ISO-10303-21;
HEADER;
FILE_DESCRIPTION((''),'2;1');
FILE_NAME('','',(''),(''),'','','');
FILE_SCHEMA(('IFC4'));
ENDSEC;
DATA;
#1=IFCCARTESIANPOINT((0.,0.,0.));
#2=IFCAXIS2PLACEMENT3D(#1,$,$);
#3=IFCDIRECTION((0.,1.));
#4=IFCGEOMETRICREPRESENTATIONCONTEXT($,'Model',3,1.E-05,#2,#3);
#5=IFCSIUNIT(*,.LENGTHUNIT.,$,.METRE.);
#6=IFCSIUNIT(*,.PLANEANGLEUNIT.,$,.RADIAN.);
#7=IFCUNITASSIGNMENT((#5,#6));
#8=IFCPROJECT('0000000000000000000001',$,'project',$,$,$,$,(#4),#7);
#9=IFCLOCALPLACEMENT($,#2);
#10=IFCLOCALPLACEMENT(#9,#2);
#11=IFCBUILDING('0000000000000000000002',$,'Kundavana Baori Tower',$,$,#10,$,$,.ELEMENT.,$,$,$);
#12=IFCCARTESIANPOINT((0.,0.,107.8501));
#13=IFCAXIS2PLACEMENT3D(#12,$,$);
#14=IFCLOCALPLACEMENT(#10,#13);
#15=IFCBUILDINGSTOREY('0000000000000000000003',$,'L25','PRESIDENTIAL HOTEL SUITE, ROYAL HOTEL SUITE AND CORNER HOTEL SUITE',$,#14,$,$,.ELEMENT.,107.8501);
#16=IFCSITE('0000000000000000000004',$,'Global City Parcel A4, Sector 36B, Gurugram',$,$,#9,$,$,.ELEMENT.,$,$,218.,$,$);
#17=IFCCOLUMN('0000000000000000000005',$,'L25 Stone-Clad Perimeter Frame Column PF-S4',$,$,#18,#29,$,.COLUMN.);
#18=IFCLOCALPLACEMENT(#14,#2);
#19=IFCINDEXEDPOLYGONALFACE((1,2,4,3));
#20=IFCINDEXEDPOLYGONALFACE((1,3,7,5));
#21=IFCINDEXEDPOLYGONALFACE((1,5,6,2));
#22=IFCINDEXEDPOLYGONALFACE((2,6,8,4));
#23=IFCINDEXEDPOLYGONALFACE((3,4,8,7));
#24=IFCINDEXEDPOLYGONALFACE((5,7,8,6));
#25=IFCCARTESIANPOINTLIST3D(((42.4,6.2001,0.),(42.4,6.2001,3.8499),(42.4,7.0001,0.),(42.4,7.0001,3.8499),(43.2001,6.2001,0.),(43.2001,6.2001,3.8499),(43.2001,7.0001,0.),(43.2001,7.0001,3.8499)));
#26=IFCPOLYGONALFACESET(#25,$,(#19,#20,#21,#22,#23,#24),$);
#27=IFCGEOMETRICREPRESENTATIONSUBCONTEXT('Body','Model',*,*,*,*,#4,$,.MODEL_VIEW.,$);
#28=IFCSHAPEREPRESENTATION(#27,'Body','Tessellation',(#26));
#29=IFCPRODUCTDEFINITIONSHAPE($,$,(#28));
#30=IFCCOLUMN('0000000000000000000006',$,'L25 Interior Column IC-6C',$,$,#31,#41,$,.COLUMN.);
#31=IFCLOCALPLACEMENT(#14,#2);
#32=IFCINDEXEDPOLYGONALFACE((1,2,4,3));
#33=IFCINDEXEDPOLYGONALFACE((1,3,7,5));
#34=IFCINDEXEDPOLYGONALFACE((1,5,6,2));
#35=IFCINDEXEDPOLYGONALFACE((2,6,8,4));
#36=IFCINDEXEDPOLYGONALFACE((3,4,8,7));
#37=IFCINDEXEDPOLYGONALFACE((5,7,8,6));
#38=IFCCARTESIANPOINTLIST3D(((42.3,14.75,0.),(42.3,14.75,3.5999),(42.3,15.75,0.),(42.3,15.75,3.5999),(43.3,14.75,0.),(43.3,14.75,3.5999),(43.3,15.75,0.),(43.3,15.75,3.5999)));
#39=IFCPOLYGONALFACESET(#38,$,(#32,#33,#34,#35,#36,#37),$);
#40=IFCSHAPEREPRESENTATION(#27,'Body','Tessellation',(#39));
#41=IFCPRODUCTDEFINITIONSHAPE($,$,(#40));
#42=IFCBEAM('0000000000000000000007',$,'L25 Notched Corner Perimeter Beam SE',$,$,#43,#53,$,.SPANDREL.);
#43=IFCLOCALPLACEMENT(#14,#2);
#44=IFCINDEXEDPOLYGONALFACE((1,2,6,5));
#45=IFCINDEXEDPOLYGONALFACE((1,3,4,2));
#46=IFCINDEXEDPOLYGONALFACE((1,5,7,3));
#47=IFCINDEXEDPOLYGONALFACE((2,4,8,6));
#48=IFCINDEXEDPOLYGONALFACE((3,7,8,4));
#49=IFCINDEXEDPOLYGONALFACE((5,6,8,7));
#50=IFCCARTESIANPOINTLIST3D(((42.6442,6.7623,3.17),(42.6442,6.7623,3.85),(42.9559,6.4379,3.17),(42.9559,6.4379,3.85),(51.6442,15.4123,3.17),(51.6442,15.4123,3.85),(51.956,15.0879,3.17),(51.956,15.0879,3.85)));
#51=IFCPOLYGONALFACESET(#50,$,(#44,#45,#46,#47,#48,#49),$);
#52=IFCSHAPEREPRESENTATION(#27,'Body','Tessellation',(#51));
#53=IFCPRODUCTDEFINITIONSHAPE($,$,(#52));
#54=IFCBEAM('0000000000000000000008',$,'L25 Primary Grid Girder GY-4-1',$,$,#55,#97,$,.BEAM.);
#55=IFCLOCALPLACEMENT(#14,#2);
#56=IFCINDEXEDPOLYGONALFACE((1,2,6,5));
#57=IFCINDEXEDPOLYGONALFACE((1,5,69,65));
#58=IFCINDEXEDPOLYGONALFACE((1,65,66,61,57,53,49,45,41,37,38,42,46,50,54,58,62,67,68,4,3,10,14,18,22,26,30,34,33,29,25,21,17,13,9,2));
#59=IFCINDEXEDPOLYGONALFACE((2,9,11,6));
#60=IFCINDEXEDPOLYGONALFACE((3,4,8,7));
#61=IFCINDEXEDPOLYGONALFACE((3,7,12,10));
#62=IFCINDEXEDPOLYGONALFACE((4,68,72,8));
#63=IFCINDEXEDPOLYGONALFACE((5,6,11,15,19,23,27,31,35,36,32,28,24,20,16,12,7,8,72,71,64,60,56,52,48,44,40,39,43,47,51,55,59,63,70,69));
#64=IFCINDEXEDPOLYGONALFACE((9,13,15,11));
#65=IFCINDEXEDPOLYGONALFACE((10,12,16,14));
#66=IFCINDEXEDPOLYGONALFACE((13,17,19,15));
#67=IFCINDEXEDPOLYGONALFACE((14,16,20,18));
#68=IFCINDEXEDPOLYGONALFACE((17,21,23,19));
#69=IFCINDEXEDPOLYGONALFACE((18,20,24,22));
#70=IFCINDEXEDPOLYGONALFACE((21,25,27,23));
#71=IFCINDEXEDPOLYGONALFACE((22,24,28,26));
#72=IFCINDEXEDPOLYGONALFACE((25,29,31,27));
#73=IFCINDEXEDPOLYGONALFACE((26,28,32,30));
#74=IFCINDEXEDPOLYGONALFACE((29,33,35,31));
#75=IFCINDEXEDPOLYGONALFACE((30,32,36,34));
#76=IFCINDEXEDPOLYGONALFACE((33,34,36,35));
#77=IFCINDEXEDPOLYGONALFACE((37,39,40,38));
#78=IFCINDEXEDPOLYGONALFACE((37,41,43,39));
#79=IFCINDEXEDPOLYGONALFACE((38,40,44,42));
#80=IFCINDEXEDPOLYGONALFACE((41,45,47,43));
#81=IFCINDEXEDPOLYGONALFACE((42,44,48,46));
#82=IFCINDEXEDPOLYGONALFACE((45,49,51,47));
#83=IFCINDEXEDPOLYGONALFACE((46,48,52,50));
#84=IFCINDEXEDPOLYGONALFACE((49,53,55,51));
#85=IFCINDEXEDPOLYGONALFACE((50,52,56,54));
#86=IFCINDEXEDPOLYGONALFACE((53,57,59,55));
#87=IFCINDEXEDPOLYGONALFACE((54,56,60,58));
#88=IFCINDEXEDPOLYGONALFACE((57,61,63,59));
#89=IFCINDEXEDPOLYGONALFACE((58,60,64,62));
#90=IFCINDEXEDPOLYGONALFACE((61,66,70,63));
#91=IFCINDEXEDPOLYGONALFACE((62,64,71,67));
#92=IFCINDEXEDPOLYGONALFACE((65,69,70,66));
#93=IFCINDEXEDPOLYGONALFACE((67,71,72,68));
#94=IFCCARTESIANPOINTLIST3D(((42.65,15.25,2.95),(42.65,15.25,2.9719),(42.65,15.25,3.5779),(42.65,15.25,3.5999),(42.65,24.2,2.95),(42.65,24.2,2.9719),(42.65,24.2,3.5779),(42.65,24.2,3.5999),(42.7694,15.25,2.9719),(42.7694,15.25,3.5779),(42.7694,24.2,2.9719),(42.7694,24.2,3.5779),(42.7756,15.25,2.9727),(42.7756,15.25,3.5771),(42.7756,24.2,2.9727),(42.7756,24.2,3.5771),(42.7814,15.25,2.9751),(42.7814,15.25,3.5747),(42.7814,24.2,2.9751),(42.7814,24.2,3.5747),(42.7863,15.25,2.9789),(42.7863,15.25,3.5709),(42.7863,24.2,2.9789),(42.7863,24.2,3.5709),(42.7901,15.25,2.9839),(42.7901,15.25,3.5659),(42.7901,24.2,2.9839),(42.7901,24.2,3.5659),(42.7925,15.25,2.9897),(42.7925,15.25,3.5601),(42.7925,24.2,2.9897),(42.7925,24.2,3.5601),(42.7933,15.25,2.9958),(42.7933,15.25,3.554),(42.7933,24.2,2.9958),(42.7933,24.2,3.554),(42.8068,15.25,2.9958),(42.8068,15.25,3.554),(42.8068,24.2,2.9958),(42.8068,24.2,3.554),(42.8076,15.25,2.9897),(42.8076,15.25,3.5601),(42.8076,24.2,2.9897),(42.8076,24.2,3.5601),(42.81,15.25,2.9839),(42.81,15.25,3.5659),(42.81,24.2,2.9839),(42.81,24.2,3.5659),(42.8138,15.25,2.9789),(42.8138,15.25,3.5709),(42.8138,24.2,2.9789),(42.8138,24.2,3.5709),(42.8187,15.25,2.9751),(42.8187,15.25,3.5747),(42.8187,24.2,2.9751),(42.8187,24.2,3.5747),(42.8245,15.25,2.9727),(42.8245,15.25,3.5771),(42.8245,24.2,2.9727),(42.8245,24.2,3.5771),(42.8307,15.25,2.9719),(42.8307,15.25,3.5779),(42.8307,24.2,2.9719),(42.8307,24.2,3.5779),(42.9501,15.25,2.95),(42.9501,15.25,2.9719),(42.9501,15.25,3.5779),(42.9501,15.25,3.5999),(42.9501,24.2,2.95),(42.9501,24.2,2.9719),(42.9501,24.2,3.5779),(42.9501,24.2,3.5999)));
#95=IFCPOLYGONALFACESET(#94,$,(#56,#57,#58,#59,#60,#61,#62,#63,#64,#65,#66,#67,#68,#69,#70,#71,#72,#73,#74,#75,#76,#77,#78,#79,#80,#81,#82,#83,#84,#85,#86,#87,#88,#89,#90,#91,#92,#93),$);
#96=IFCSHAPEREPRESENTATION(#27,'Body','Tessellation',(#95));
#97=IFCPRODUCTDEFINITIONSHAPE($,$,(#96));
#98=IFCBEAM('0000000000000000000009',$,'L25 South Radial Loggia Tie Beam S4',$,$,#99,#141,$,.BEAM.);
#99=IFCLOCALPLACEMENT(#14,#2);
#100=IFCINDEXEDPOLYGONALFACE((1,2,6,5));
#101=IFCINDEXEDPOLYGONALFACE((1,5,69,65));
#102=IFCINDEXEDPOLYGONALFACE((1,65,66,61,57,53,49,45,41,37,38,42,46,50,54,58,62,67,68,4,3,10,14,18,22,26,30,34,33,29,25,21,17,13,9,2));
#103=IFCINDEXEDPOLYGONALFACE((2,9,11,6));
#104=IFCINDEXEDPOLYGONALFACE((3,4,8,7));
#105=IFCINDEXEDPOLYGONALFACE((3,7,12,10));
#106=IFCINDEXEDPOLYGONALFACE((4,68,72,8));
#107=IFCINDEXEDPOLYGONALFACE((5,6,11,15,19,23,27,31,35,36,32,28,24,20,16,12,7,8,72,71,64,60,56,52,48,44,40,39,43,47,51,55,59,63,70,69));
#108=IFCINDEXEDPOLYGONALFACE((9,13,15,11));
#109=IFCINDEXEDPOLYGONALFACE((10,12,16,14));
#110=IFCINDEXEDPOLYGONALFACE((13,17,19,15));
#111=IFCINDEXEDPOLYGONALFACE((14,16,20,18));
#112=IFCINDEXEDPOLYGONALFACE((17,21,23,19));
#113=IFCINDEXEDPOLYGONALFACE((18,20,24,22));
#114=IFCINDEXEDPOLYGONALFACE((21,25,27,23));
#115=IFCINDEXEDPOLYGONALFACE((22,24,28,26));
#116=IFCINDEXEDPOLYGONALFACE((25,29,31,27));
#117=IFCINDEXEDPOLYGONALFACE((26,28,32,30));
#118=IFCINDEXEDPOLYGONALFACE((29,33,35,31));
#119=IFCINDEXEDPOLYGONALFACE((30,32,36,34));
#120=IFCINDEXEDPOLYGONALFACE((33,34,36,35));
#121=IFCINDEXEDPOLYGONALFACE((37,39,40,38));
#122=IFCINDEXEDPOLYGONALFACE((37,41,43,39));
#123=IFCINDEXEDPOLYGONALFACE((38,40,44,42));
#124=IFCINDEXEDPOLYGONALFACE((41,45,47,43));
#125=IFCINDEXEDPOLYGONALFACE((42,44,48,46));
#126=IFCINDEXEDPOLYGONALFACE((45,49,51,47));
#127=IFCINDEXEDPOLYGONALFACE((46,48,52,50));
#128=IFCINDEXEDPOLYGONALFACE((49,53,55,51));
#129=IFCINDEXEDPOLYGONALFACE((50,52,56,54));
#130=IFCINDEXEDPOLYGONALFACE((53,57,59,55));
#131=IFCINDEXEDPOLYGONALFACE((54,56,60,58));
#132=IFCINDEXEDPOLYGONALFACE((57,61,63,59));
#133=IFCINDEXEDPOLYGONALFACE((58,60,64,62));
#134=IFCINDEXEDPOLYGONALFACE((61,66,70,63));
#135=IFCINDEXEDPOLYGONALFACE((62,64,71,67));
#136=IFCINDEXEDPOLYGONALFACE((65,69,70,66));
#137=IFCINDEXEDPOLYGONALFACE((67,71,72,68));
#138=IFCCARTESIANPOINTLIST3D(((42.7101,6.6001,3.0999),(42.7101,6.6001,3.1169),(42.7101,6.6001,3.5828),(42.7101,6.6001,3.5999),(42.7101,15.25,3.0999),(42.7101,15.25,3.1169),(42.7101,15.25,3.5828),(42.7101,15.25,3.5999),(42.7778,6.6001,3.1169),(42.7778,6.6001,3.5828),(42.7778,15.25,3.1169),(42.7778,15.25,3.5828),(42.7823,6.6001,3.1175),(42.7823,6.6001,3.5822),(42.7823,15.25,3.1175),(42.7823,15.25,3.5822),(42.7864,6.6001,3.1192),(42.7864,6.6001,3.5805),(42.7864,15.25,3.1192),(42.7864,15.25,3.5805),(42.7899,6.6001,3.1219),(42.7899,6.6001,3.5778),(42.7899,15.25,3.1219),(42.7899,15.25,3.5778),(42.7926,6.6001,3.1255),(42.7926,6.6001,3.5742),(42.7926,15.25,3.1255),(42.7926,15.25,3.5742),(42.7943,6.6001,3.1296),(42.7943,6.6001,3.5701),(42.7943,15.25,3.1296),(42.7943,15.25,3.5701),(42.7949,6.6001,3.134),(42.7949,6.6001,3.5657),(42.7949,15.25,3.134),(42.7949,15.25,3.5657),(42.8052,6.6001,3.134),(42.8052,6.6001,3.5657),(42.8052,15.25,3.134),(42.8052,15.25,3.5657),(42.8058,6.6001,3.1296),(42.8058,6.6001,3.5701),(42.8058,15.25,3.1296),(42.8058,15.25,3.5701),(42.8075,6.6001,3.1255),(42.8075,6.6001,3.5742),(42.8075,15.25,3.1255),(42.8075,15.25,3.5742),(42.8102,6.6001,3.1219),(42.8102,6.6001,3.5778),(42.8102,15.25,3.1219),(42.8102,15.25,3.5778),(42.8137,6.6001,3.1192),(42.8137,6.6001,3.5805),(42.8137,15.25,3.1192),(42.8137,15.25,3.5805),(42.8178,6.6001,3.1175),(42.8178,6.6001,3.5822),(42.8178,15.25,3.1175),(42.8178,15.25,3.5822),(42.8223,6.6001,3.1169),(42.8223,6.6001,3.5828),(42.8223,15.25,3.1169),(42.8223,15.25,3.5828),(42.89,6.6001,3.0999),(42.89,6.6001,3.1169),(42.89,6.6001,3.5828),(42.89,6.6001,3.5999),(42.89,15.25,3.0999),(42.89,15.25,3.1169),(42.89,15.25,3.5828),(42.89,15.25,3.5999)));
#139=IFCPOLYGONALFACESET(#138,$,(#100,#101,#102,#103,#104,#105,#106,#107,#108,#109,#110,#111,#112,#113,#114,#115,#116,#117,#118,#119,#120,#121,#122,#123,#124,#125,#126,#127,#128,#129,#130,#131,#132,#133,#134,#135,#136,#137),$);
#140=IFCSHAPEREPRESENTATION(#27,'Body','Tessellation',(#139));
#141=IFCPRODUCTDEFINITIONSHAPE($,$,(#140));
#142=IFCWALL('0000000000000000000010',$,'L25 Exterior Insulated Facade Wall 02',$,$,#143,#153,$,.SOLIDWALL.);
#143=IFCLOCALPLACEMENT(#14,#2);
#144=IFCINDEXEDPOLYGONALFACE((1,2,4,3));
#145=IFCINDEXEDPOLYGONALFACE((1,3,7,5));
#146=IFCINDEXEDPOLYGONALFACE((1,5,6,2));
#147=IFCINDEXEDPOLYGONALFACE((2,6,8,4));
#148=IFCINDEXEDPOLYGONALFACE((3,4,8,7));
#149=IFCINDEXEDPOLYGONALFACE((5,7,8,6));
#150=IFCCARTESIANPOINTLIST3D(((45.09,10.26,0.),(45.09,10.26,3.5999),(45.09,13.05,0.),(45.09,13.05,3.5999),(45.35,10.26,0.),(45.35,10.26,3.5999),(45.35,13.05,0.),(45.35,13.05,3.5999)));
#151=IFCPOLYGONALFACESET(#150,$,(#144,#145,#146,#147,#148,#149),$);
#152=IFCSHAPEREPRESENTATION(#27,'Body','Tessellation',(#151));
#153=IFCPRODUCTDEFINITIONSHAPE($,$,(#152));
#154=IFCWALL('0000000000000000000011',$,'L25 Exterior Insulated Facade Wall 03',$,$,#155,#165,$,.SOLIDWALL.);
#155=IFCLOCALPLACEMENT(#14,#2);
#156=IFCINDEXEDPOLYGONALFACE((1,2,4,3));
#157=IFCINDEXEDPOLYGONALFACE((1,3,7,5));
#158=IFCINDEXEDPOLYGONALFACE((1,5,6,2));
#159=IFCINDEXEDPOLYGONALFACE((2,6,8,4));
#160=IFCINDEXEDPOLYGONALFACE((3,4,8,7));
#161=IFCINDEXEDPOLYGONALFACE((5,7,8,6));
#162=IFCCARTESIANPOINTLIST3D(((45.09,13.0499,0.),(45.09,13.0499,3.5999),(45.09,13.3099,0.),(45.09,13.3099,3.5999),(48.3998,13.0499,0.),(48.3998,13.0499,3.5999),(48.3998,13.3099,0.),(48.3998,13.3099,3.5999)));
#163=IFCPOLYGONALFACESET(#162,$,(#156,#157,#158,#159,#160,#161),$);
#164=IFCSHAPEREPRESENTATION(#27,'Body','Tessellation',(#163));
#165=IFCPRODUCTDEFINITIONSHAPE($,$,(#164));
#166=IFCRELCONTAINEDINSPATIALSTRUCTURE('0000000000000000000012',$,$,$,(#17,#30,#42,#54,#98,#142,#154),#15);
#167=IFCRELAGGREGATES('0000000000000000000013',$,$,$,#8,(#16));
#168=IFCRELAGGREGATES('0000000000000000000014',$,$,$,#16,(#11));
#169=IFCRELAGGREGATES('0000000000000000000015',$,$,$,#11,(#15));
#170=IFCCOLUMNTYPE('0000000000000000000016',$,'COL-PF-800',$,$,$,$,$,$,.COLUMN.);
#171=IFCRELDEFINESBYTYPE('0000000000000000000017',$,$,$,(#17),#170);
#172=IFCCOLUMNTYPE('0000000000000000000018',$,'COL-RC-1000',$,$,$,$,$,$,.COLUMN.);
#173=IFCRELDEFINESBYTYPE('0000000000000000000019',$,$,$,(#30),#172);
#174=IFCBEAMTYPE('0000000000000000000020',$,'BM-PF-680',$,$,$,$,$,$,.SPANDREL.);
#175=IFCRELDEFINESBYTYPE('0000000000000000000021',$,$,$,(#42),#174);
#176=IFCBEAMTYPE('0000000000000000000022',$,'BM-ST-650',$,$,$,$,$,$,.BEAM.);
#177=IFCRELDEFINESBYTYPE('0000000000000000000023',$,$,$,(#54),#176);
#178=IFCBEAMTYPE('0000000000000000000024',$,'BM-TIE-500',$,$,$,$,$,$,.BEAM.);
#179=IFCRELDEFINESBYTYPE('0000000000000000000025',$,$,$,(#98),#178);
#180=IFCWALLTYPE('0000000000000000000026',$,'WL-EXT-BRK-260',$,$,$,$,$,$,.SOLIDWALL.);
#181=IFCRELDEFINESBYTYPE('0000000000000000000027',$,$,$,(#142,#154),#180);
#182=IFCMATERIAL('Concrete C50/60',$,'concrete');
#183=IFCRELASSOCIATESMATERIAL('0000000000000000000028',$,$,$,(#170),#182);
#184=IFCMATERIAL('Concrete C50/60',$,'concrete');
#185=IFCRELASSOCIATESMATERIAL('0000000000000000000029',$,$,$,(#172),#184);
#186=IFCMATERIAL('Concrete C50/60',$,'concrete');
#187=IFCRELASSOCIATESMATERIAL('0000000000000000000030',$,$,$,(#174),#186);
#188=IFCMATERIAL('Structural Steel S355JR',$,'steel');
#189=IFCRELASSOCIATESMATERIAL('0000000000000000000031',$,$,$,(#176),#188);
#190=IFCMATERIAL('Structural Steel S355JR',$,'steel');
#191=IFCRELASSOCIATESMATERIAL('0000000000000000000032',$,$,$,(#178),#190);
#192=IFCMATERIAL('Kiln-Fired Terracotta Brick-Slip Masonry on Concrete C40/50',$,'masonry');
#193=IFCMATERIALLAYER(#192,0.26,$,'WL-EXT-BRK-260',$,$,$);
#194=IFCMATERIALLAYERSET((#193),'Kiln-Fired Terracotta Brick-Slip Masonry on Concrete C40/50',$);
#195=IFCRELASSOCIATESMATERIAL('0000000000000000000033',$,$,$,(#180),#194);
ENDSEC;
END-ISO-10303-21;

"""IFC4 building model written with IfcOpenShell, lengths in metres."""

from ifc_helpers import new_model, si_unit, direction, frame, frame_2d, origin, origin_2d, place, context, subcontext, project, spatial, rectangle, i_section, extrude, material, layer, layer_set, material_profile, profile_set, type_object, element, save


model = new_model("IFC4")

# Units and contexts
model_context = context("Model", 3, precision=1e-05, world=origin(), true_north=direction((0.0, 1.0)))
body_context = subcontext(model_context, "Body", "Model", "MODEL_VIEW")
ifc_project = project(units=[si_unit("LENGTHUNIT", "METRE"), si_unit("PLANEANGLEUNIT", "RADIAN")], contexts=[model_context])

# Site, building, storey
site_placement = place(None, origin())
site = spatial("IfcSite", under=ifc_project, at=site_placement, Name="Global City Parcel A4, Sector 36B, Gurugram", CompositionType="ELEMENT", RefElevation=218.0)
building_placement = place(site_placement, origin())
building = spatial("IfcBuilding", under=site, at=building_placement, Name="Kundavana Baori Tower", CompositionType="ELEMENT")
storey_placement = place(building_placement, frame((0.0, 0.0, 107.8501)))
storey = spatial("IfcBuildingStorey", under=building, at=storey_placement, Name="L25", Description="PRESIDENTIAL HOTEL SUITE, ROYAL HOTEL SUITE AND CORNER HOTEL SUITE", CompositionType="ELEMENT", Elevation=107.8501)

# Columns
ifc_material_1 = material(Name="Concrete C50/60", Category="concrete")
ifc_material_profile_1 = material_profile(ifc_material_1, rectangle(XDim=0.8, YDim=0.8, at=origin_2d()), Name="RC PF 800x800")
ifc_profile_set_1 = profile_set([ifc_material_profile_1], Name="Concrete C50/60")
column_type_1 = type_object("IfcColumnType", Name="COL-PF-800", PredefinedType="COLUMN", material=ifc_profile_set_1)
column_1_placement = place(storey_placement, frame((42.8, 6.6001, 0.0), z_axis=(0.0, 0.0, 1.0), x_axis=(1.0, 0.0, 0.0)))
element("IfcColumn", 1, at=column_1_placement, inside=storey, type_object=column_type_1, Name="L25 Stone-Clad Perimeter Frame Column PF-S4", PredefinedType="COLUMN", context=body_context, shape_type="SweptSolid", body=[
    extrude(rectangle(XDim=0.8, YDim=0.8, at=origin_2d()), origin(), (0.0, 0.0, 1.0), 3.8499),
])
ifc_material_2 = material(Name="Concrete C50/60", Category="concrete")
ifc_material_profile_2 = material_profile(ifc_material_2, rectangle(XDim=1.0, YDim=1.0, at=origin_2d()), Name="RC 1000x1000")
ifc_profile_set_2 = profile_set([ifc_material_profile_2], Name="Concrete C50/60")
column_type_2 = type_object("IfcColumnType", Name="COL-RC-1000", PredefinedType="COLUMN", material=ifc_profile_set_2)
column_2_placement = place(storey_placement, frame((42.8, 15.25, 0.0), z_axis=(0.0, 0.0, 1.0), x_axis=(1.0, 0.0, 0.0)))
element("IfcColumn", 2, at=column_2_placement, inside=storey, type_object=column_type_2, Name="L25 Interior Column IC-6C", PredefinedType="COLUMN", context=body_context, shape_type="SweptSolid", body=[
    extrude(rectangle(XDim=1.0, YDim=1.0, at=origin_2d()), origin(), (0.0, 0.0, 1.0), 3.5999),
])

# Beams
ifc_material_3 = material(Name="Concrete C50/60", Category="concrete")
ifc_material_profile_3 = material_profile(ifc_material_3, rectangle(XDim=0.45, YDim=0.6799, at=origin_2d()), Name="RC BM 450x680")
ifc_profile_set_3 = profile_set([ifc_material_profile_3], Name="Concrete C50/60")
beam_type_1 = type_object("IfcBeamType", Name="BM-PF-680", PredefinedType="SPANDREL", material=ifc_profile_set_3)
beam_1_placement = place(storey_placement, frame((42.8, 6.6001, 3.51), z_axis=(0.720991, 0.692945, 0.0), x_axis=(-0.692945, 0.720991, 0.0)))
element("IfcBeam", 3, at=beam_1_placement, inside=storey, type_object=beam_type_1, Name="L25 Notched Corner Perimeter Beam SE", PredefinedType="SPANDREL", context=body_context, shape_type="SweptSolid", body=[
    extrude(rectangle(XDim=0.45, YDim=0.6799, at=origin_2d()), origin(), (0.0, 0.0, 1.0), 12.4829),
])
ifc_material_4 = material(Name="Structural Steel S355JR", Category="steel")
ifc_material_profile_4 = material_profile(ifc_material_4, i_section(OverallWidth=0.3, OverallDepth=0.6499, WebThickness=0.0134, FlangeThickness=0.022, FilletRadius=0.0239, at=origin_2d()), Name="NPB 650x300x155")
ifc_profile_set_4 = profile_set([ifc_material_profile_4], Name="Structural Steel S355JR")
beam_type_2 = type_object("IfcBeamType", Name="BM-ST-650", PredefinedType="BEAM", material=ifc_profile_set_4)
beam_2_placement = place(storey_placement, frame((42.8, 15.25, 3.2749), z_axis=(0.0, 1.0, 0.0), x_axis=(-1.0, 0.0, 0.0)))
element("IfcBeam", 4, at=beam_2_placement, inside=storey, type_object=beam_type_2, Name="L25 Primary Grid Girder GY-4-1", PredefinedType="BEAM", context=body_context, shape_type="SweptSolid", body=[
    extrude(i_section(OverallWidth=0.3, OverallDepth=0.6499, WebThickness=0.0134, FlangeThickness=0.022, FilletRadius=0.0239, at=origin_2d()), origin(), (0.0, 0.0, 1.0), 8.95),
])
ifc_material_5 = material(Name="Structural Steel S355JR", Category="steel")
ifc_material_profile_5 = material_profile(ifc_material_5, i_section(OverallWidth=0.1799, OverallDepth=0.5, WebThickness=0.0103, FlangeThickness=0.0171, FilletRadius=0.0171, at=origin_2d()), Name="ISMB 500")
ifc_profile_set_5 = profile_set([ifc_material_profile_5], Name="Structural Steel S355JR")
beam_type_3 = type_object("IfcBeamType", Name="BM-TIE-500", PredefinedType="BEAM", material=ifc_profile_set_5)
beam_3_placement = place(storey_placement, frame((42.8, 15.25, 3.3499), z_axis=(0.0, -1.0, 0.0), x_axis=(1.0, 0.0, 0.0)))
element("IfcBeam", 5, at=beam_3_placement, inside=storey, type_object=beam_type_3, Name="L25 South Radial Loggia Tie Beam S4", PredefinedType="BEAM", context=body_context, shape_type="SweptSolid", body=[
    extrude(i_section(OverallWidth=0.1799, OverallDepth=0.5, WebThickness=0.0103, FlangeThickness=0.0171, FilletRadius=0.0171, at=origin_2d()), origin(), (0.0, 0.0, 1.0), 8.6499),
])

# Walls
ifc_material_6 = material(Name="Kiln-Fired Terracotta Brick-Slip Masonry on Concrete C40/50", Category="masonry")
ifc_layer_1 = layer(ifc_material_6, 0.26, Name="WL-EXT-BRK-260")
ifc_layer_set_1 = layer_set([ifc_layer_1], Name="Kiln-Fired Terracotta Brick-Slip Masonry on Concrete C40/50")
wall_type_1 = type_object("IfcWallType", Name="WL-EXT-BRK-260", PredefinedType="SOLIDWALL", material=ifc_layer_set_1)
wall_1_placement = place(storey_placement, frame((45.22, 10.26, 0.0), z_axis=(0.0, 0.0, 1.0), x_axis=(0.0, 1.0, 0.0)))
element("IfcWall", 6, at=wall_1_placement, inside=storey, type_object=wall_type_1, Name="L25 Exterior Insulated Facade Wall 02", PredefinedType="SOLIDWALL", context=body_context, shape_type="SweptSolid", body=[
    extrude(rectangle(XDim=2.79, YDim=0.26, at=frame_2d((1.395, 0.0))), origin(), (0.0, 0.0, 1.0), 3.5999),
])
wall_2_placement = place(storey_placement, frame((45.0901, 13.1799, 0.0), z_axis=(0.0, 0.0, 1.0), x_axis=(1.0, 0.0, 0.0)))
element("IfcWall", 7, at=wall_2_placement, inside=storey, type_object=wall_type_1, Name="L25 Exterior Insulated Facade Wall 03", PredefinedType="SOLIDWALL", context=body_context, shape_type="SweptSolid", body=[
    extrude(rectangle(XDim=3.3098, YDim=0.26, at=frame_2d((1.6548, 0.0))), origin(), (0.0, 0.0, 1.0), 3.5999),
])

save(model, "model.ifc")
